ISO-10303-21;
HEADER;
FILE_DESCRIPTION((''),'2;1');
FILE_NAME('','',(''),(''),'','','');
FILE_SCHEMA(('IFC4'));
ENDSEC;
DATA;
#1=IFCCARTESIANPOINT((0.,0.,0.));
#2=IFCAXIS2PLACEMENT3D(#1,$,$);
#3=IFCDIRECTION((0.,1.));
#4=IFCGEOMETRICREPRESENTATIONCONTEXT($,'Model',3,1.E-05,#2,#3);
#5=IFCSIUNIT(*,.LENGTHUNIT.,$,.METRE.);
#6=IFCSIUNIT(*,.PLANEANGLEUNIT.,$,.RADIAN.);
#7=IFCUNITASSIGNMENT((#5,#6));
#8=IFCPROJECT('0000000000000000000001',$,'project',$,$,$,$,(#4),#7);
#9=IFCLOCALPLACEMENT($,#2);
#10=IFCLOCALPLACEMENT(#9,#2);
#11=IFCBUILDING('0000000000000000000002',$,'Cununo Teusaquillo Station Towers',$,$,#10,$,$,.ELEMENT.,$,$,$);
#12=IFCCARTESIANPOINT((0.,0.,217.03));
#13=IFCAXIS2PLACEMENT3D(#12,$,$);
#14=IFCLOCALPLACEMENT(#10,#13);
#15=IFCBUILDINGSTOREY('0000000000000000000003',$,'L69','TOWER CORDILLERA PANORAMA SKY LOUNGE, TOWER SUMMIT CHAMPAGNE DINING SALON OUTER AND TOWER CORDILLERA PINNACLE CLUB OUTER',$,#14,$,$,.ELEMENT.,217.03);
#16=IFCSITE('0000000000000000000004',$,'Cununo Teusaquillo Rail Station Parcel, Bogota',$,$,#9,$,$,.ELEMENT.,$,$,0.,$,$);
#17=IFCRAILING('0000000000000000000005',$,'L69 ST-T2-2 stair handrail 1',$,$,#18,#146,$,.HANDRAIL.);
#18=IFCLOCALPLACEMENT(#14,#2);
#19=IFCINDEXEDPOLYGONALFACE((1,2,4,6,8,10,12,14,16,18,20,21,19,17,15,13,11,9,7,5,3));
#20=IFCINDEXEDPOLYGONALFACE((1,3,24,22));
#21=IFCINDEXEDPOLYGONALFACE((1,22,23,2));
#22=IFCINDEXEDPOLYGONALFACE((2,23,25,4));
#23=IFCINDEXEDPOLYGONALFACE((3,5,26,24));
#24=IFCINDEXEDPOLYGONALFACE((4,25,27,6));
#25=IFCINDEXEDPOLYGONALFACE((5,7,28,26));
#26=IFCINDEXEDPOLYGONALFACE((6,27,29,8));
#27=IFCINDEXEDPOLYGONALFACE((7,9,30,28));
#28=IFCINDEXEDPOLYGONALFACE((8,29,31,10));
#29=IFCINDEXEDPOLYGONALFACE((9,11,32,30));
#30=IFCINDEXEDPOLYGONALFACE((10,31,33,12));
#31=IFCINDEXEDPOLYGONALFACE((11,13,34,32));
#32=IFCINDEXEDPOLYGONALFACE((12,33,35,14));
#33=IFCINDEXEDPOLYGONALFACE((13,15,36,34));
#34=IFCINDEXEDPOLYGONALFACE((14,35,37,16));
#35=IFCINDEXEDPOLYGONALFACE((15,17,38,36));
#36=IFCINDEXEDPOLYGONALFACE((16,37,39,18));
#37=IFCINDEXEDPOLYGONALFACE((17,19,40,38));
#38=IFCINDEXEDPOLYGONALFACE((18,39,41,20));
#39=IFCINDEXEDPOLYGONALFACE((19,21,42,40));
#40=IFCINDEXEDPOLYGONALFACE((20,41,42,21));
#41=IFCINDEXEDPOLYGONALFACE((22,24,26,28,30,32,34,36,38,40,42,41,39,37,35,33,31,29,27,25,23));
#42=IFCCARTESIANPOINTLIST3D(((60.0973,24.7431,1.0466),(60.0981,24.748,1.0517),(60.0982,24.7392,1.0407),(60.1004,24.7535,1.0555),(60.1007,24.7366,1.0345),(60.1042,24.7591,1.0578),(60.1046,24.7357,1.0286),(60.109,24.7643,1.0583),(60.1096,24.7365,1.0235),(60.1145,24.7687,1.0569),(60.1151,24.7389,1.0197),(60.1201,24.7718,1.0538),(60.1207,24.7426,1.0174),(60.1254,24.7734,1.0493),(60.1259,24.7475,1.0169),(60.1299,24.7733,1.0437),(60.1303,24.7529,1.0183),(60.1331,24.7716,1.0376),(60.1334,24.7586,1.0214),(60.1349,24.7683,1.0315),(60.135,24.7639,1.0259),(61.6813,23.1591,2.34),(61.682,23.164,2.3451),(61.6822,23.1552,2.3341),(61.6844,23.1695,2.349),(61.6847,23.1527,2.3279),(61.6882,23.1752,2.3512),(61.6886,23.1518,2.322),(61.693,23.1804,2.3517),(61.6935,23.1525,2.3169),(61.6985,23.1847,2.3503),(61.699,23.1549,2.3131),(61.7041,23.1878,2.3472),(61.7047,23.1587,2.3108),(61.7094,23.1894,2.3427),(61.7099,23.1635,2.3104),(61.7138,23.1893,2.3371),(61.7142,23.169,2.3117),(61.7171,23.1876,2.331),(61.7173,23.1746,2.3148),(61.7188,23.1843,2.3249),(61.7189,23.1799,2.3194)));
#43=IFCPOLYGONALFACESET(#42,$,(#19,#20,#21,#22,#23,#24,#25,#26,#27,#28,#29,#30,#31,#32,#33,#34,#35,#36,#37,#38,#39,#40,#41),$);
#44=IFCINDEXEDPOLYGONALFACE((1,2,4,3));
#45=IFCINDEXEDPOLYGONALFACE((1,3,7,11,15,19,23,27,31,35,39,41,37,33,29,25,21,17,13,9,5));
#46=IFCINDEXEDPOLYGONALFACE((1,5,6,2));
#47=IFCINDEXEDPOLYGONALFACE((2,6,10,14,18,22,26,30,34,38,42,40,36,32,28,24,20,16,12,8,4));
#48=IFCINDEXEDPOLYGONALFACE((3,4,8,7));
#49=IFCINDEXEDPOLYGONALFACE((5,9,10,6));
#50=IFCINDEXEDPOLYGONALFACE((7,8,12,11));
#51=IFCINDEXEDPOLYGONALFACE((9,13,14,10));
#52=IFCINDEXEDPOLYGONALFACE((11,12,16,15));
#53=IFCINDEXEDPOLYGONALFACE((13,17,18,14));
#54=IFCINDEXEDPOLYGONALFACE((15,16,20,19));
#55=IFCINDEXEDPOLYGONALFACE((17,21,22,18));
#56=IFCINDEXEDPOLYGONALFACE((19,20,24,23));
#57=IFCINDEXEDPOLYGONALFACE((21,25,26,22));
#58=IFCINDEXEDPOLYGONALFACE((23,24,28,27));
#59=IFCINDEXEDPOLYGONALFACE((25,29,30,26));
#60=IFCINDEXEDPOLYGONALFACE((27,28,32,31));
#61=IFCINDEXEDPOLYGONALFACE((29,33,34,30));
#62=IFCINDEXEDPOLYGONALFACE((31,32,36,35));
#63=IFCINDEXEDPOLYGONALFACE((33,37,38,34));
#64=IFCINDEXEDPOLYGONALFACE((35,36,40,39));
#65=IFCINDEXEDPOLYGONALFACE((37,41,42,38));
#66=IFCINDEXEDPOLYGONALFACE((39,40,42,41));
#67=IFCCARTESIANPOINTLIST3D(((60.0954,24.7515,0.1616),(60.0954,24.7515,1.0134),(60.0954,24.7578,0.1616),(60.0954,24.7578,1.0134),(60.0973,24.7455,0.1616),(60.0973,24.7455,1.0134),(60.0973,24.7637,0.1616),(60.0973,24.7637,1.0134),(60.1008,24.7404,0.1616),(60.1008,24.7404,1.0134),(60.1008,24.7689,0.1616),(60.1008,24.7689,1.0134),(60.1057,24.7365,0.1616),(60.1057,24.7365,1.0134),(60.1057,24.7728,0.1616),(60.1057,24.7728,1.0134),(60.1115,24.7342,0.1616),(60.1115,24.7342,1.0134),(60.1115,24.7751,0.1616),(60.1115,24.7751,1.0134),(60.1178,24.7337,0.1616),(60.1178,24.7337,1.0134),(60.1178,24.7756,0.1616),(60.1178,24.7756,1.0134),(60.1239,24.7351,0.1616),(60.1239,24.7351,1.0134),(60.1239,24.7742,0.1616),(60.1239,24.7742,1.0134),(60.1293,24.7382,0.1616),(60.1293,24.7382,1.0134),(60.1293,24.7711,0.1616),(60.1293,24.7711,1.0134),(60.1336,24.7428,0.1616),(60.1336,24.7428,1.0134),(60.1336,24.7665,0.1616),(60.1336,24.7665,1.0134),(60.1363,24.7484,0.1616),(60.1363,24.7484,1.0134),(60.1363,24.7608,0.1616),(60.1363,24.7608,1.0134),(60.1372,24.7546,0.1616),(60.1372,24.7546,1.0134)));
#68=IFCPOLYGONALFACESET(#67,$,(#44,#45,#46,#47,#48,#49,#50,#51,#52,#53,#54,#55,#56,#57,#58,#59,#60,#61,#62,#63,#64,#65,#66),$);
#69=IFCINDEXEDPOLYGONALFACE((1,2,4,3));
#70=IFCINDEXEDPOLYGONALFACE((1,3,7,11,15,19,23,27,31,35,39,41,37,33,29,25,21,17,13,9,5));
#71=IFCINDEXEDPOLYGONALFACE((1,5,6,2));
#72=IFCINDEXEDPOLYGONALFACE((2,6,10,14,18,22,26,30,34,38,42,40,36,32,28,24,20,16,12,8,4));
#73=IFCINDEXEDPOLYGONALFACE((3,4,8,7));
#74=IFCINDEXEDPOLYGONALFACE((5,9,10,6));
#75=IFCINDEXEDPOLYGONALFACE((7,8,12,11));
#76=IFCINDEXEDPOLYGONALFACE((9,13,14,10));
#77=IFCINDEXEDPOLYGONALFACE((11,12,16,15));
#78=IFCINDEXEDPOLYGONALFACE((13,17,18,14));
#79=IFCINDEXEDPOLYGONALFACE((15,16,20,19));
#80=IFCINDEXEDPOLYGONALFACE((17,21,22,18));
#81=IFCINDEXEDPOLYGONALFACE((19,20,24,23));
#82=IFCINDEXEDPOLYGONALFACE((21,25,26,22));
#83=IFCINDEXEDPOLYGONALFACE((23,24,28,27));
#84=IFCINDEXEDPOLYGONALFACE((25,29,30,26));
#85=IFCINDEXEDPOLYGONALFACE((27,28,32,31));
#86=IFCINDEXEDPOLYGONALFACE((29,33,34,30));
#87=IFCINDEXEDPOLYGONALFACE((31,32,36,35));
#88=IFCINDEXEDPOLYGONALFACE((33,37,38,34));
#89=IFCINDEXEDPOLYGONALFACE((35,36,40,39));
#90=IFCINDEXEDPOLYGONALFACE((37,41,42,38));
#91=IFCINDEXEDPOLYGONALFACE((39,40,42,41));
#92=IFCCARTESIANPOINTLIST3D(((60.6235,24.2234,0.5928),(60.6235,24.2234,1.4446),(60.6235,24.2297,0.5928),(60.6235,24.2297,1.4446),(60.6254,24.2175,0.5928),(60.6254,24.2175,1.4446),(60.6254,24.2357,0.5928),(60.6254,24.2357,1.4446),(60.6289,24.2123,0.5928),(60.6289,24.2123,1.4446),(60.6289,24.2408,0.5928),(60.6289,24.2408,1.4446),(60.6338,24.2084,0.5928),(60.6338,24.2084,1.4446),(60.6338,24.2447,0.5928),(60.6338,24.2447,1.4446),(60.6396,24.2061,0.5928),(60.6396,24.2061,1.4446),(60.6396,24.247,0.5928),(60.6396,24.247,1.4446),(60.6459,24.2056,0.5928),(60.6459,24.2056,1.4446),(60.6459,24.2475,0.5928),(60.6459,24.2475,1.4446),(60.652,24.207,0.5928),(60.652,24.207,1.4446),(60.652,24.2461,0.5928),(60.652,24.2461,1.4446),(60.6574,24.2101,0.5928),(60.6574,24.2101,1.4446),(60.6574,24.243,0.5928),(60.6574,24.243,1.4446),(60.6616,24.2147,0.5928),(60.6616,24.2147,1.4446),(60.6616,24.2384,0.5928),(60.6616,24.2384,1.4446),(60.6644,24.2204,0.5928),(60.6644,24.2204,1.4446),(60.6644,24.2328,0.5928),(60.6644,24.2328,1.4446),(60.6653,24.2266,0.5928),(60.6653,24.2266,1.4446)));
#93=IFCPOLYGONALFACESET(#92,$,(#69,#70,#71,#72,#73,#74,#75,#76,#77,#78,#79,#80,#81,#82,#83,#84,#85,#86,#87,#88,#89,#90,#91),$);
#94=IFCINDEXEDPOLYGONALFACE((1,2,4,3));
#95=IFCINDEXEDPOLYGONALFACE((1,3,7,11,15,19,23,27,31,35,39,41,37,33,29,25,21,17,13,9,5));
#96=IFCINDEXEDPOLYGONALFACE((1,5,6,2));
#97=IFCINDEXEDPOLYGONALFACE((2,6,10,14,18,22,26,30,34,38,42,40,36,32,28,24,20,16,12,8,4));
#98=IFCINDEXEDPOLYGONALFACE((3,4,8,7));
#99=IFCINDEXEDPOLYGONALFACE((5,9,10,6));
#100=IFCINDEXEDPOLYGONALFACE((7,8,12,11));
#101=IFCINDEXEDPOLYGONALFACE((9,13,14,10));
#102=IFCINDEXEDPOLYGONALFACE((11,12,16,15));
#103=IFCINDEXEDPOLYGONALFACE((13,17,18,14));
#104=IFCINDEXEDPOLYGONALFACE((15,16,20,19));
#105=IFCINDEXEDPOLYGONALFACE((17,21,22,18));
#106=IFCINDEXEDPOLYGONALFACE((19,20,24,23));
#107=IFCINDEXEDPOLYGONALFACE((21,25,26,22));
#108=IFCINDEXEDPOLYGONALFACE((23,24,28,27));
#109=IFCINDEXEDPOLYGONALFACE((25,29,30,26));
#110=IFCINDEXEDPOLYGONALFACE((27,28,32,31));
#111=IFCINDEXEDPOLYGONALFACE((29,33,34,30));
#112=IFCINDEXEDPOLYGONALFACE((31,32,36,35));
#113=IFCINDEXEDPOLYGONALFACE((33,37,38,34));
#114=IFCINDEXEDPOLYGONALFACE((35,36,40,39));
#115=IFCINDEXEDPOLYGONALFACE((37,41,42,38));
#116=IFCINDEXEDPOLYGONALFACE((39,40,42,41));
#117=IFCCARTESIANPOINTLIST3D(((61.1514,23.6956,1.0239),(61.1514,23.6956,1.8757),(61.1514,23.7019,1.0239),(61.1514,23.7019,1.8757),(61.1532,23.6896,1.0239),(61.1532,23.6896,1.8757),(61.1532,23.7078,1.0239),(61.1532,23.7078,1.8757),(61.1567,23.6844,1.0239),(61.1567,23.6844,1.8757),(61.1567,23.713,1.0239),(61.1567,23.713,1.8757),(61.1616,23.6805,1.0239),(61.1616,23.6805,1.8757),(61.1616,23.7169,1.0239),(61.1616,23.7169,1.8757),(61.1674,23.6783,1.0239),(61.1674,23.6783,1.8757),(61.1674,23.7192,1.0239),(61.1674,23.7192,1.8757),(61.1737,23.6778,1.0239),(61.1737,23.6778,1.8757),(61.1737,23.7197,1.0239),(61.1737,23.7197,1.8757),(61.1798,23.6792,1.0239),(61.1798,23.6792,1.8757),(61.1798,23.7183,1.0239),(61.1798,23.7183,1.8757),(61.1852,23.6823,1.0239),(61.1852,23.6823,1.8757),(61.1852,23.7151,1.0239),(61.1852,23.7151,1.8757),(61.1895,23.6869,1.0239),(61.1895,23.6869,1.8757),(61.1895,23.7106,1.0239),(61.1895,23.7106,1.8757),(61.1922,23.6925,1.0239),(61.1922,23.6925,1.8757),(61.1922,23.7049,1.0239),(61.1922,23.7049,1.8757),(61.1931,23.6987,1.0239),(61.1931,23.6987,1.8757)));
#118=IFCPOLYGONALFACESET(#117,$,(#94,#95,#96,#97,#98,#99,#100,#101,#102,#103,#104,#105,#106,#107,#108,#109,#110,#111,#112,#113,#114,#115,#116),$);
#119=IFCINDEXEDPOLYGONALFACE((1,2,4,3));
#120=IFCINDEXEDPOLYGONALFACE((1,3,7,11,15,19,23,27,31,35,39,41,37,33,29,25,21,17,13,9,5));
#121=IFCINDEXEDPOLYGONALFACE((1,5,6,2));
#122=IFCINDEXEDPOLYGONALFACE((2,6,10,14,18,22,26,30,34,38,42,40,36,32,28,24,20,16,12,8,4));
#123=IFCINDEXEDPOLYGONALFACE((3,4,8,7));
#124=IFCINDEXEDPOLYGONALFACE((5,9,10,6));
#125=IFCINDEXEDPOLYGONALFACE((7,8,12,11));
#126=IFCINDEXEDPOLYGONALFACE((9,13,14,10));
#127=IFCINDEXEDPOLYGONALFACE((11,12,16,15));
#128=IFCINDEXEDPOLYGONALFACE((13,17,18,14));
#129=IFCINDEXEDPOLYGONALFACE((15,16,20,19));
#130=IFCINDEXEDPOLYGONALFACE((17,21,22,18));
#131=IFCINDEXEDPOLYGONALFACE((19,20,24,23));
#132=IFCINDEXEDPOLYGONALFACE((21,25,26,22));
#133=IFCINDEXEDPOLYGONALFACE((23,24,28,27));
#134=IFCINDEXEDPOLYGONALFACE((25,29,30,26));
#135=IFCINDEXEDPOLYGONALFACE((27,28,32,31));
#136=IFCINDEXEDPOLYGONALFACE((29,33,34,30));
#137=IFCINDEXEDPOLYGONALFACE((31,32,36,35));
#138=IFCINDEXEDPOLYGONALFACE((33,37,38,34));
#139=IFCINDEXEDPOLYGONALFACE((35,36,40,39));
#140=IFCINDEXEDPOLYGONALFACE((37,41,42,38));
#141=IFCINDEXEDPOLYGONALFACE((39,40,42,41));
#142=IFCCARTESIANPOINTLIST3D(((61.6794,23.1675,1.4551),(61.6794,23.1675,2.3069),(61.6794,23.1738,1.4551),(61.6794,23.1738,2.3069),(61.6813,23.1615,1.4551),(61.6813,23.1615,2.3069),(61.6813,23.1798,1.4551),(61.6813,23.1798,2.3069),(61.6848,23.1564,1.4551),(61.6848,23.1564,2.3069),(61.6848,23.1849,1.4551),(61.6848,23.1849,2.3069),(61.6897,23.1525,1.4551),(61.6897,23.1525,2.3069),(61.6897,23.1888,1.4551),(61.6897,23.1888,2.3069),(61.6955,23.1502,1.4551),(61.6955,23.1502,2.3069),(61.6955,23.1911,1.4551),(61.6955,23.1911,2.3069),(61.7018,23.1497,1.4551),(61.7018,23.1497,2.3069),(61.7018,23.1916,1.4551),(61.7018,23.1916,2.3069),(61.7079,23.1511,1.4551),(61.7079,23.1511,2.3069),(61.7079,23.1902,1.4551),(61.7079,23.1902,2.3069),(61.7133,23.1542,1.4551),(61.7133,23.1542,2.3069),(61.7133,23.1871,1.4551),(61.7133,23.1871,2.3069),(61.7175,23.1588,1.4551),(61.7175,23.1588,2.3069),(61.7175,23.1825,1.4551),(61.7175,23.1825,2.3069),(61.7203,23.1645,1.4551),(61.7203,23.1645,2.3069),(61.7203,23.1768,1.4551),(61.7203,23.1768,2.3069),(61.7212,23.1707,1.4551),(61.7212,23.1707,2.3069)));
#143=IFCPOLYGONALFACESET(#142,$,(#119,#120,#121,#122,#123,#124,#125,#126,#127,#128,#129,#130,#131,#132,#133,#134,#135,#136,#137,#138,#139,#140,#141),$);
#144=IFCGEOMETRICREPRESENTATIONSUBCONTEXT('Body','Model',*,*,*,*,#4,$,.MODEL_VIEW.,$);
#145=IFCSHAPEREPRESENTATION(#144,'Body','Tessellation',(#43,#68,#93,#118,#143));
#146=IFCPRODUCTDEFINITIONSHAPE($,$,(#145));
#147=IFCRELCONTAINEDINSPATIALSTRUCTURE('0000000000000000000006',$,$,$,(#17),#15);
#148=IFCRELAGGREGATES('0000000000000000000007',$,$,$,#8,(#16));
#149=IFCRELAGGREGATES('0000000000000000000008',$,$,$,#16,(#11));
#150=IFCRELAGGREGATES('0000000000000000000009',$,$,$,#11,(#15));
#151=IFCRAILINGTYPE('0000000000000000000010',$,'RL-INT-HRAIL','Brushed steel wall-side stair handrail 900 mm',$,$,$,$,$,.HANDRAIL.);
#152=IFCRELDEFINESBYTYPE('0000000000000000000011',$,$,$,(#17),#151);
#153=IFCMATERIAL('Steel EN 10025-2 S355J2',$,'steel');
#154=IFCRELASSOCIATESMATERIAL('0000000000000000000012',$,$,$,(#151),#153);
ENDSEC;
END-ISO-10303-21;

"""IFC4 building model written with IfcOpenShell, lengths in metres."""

from ifc_helpers import new_model, si_unit, direction, frame, origin, origin_2d, place, context, subcontext, project, spatial, circle, extrude, material, type_object, element, save


model = new_model("IFC4")

# Units and contexts
model_context = context("Model", 3, precision=1e-05, world=origin(), true_north=direction((0.0, 1.0)))
body_context = subcontext(model_context, "Body", "Model", "MODEL_VIEW")
ifc_project = project(units=[si_unit("LENGTHUNIT", "METRE"), si_unit("PLANEANGLEUNIT", "RADIAN")], contexts=[model_context])

# Site, building, storey
site_placement = place(None, origin())
site = spatial("IfcSite", under=ifc_project, at=site_placement, Name="Cununo Teusaquillo Rail Station Parcel, Bogota", CompositionType="ELEMENT", RefElevation=0.0)
building_placement = place(site_placement, origin())
building = spatial("IfcBuilding", under=site, at=building_placement, Name="Cununo Teusaquillo Station Towers", CompositionType="ELEMENT")
storey_placement = place(building_placement, frame((0.0, 0.0, 217.03)))
storey = spatial("IfcBuildingStorey", under=building, at=storey_placement, Name="L69", Description="TOWER CORDILLERA PANORAMA SKY LOUNGE, TOWER SUMMIT CHAMPAGNE DINING SALON OUTER AND TOWER CORDILLERA PINNACLE CLUB OUTER", CompositionType="ELEMENT", Elevation=217.03)

# Railing
ifc_material_1 = material(Name="Steel EN 10025-2 S355J2", Category="steel")
railing_type_1 = type_object("IfcRailingType", Name="RL-INT-HRAIL", Description="Brushed steel wall-side stair handrail 900 mm", PredefinedType="HANDRAIL", material=ifc_material_1)
railing_1_placement = place(storey_placement, frame((60.1162, 24.7546, 0.1616)))
element("IfcRailing", 1, at=railing_1_placement, inside=storey, type_object=railing_type_1, Name="L69 ST-T2-2 stair handrail 1", PredefinedType="HANDRAIL", context=body_context, shape_type="SweptSolid", body=[
    extrude(circle(Radius=0.0239, at=origin_2d()), frame((0.0, 0.0, 0.876), z_axis=(0.612356, -0.612356, 0.50004), x_axis=(0.707107, 0.707107, 0.0)), (0.0, 0.0, 1.0), 2.5867),
    extrude(circle(Radius=0.021, at=origin_2d()), origin(), (0.0, 0.0, 1.0), 0.8518),
    extrude(circle(Radius=0.021, at=origin_2d()), frame((0.5281, -0.5281, 0.4312)), (0.0, 0.0, 1.0), 0.8518),
    extrude(circle(Radius=0.021, at=origin_2d()), frame((1.0559, -1.0559, 0.8623)), (0.0, 0.0, 1.0), 0.8518),
    extrude(circle(Radius=0.021, at=origin_2d()), frame((1.584, -1.584, 1.2935)), (0.0, 0.0, 1.0), 0.8518),
])

save(model, "model.ifc")
